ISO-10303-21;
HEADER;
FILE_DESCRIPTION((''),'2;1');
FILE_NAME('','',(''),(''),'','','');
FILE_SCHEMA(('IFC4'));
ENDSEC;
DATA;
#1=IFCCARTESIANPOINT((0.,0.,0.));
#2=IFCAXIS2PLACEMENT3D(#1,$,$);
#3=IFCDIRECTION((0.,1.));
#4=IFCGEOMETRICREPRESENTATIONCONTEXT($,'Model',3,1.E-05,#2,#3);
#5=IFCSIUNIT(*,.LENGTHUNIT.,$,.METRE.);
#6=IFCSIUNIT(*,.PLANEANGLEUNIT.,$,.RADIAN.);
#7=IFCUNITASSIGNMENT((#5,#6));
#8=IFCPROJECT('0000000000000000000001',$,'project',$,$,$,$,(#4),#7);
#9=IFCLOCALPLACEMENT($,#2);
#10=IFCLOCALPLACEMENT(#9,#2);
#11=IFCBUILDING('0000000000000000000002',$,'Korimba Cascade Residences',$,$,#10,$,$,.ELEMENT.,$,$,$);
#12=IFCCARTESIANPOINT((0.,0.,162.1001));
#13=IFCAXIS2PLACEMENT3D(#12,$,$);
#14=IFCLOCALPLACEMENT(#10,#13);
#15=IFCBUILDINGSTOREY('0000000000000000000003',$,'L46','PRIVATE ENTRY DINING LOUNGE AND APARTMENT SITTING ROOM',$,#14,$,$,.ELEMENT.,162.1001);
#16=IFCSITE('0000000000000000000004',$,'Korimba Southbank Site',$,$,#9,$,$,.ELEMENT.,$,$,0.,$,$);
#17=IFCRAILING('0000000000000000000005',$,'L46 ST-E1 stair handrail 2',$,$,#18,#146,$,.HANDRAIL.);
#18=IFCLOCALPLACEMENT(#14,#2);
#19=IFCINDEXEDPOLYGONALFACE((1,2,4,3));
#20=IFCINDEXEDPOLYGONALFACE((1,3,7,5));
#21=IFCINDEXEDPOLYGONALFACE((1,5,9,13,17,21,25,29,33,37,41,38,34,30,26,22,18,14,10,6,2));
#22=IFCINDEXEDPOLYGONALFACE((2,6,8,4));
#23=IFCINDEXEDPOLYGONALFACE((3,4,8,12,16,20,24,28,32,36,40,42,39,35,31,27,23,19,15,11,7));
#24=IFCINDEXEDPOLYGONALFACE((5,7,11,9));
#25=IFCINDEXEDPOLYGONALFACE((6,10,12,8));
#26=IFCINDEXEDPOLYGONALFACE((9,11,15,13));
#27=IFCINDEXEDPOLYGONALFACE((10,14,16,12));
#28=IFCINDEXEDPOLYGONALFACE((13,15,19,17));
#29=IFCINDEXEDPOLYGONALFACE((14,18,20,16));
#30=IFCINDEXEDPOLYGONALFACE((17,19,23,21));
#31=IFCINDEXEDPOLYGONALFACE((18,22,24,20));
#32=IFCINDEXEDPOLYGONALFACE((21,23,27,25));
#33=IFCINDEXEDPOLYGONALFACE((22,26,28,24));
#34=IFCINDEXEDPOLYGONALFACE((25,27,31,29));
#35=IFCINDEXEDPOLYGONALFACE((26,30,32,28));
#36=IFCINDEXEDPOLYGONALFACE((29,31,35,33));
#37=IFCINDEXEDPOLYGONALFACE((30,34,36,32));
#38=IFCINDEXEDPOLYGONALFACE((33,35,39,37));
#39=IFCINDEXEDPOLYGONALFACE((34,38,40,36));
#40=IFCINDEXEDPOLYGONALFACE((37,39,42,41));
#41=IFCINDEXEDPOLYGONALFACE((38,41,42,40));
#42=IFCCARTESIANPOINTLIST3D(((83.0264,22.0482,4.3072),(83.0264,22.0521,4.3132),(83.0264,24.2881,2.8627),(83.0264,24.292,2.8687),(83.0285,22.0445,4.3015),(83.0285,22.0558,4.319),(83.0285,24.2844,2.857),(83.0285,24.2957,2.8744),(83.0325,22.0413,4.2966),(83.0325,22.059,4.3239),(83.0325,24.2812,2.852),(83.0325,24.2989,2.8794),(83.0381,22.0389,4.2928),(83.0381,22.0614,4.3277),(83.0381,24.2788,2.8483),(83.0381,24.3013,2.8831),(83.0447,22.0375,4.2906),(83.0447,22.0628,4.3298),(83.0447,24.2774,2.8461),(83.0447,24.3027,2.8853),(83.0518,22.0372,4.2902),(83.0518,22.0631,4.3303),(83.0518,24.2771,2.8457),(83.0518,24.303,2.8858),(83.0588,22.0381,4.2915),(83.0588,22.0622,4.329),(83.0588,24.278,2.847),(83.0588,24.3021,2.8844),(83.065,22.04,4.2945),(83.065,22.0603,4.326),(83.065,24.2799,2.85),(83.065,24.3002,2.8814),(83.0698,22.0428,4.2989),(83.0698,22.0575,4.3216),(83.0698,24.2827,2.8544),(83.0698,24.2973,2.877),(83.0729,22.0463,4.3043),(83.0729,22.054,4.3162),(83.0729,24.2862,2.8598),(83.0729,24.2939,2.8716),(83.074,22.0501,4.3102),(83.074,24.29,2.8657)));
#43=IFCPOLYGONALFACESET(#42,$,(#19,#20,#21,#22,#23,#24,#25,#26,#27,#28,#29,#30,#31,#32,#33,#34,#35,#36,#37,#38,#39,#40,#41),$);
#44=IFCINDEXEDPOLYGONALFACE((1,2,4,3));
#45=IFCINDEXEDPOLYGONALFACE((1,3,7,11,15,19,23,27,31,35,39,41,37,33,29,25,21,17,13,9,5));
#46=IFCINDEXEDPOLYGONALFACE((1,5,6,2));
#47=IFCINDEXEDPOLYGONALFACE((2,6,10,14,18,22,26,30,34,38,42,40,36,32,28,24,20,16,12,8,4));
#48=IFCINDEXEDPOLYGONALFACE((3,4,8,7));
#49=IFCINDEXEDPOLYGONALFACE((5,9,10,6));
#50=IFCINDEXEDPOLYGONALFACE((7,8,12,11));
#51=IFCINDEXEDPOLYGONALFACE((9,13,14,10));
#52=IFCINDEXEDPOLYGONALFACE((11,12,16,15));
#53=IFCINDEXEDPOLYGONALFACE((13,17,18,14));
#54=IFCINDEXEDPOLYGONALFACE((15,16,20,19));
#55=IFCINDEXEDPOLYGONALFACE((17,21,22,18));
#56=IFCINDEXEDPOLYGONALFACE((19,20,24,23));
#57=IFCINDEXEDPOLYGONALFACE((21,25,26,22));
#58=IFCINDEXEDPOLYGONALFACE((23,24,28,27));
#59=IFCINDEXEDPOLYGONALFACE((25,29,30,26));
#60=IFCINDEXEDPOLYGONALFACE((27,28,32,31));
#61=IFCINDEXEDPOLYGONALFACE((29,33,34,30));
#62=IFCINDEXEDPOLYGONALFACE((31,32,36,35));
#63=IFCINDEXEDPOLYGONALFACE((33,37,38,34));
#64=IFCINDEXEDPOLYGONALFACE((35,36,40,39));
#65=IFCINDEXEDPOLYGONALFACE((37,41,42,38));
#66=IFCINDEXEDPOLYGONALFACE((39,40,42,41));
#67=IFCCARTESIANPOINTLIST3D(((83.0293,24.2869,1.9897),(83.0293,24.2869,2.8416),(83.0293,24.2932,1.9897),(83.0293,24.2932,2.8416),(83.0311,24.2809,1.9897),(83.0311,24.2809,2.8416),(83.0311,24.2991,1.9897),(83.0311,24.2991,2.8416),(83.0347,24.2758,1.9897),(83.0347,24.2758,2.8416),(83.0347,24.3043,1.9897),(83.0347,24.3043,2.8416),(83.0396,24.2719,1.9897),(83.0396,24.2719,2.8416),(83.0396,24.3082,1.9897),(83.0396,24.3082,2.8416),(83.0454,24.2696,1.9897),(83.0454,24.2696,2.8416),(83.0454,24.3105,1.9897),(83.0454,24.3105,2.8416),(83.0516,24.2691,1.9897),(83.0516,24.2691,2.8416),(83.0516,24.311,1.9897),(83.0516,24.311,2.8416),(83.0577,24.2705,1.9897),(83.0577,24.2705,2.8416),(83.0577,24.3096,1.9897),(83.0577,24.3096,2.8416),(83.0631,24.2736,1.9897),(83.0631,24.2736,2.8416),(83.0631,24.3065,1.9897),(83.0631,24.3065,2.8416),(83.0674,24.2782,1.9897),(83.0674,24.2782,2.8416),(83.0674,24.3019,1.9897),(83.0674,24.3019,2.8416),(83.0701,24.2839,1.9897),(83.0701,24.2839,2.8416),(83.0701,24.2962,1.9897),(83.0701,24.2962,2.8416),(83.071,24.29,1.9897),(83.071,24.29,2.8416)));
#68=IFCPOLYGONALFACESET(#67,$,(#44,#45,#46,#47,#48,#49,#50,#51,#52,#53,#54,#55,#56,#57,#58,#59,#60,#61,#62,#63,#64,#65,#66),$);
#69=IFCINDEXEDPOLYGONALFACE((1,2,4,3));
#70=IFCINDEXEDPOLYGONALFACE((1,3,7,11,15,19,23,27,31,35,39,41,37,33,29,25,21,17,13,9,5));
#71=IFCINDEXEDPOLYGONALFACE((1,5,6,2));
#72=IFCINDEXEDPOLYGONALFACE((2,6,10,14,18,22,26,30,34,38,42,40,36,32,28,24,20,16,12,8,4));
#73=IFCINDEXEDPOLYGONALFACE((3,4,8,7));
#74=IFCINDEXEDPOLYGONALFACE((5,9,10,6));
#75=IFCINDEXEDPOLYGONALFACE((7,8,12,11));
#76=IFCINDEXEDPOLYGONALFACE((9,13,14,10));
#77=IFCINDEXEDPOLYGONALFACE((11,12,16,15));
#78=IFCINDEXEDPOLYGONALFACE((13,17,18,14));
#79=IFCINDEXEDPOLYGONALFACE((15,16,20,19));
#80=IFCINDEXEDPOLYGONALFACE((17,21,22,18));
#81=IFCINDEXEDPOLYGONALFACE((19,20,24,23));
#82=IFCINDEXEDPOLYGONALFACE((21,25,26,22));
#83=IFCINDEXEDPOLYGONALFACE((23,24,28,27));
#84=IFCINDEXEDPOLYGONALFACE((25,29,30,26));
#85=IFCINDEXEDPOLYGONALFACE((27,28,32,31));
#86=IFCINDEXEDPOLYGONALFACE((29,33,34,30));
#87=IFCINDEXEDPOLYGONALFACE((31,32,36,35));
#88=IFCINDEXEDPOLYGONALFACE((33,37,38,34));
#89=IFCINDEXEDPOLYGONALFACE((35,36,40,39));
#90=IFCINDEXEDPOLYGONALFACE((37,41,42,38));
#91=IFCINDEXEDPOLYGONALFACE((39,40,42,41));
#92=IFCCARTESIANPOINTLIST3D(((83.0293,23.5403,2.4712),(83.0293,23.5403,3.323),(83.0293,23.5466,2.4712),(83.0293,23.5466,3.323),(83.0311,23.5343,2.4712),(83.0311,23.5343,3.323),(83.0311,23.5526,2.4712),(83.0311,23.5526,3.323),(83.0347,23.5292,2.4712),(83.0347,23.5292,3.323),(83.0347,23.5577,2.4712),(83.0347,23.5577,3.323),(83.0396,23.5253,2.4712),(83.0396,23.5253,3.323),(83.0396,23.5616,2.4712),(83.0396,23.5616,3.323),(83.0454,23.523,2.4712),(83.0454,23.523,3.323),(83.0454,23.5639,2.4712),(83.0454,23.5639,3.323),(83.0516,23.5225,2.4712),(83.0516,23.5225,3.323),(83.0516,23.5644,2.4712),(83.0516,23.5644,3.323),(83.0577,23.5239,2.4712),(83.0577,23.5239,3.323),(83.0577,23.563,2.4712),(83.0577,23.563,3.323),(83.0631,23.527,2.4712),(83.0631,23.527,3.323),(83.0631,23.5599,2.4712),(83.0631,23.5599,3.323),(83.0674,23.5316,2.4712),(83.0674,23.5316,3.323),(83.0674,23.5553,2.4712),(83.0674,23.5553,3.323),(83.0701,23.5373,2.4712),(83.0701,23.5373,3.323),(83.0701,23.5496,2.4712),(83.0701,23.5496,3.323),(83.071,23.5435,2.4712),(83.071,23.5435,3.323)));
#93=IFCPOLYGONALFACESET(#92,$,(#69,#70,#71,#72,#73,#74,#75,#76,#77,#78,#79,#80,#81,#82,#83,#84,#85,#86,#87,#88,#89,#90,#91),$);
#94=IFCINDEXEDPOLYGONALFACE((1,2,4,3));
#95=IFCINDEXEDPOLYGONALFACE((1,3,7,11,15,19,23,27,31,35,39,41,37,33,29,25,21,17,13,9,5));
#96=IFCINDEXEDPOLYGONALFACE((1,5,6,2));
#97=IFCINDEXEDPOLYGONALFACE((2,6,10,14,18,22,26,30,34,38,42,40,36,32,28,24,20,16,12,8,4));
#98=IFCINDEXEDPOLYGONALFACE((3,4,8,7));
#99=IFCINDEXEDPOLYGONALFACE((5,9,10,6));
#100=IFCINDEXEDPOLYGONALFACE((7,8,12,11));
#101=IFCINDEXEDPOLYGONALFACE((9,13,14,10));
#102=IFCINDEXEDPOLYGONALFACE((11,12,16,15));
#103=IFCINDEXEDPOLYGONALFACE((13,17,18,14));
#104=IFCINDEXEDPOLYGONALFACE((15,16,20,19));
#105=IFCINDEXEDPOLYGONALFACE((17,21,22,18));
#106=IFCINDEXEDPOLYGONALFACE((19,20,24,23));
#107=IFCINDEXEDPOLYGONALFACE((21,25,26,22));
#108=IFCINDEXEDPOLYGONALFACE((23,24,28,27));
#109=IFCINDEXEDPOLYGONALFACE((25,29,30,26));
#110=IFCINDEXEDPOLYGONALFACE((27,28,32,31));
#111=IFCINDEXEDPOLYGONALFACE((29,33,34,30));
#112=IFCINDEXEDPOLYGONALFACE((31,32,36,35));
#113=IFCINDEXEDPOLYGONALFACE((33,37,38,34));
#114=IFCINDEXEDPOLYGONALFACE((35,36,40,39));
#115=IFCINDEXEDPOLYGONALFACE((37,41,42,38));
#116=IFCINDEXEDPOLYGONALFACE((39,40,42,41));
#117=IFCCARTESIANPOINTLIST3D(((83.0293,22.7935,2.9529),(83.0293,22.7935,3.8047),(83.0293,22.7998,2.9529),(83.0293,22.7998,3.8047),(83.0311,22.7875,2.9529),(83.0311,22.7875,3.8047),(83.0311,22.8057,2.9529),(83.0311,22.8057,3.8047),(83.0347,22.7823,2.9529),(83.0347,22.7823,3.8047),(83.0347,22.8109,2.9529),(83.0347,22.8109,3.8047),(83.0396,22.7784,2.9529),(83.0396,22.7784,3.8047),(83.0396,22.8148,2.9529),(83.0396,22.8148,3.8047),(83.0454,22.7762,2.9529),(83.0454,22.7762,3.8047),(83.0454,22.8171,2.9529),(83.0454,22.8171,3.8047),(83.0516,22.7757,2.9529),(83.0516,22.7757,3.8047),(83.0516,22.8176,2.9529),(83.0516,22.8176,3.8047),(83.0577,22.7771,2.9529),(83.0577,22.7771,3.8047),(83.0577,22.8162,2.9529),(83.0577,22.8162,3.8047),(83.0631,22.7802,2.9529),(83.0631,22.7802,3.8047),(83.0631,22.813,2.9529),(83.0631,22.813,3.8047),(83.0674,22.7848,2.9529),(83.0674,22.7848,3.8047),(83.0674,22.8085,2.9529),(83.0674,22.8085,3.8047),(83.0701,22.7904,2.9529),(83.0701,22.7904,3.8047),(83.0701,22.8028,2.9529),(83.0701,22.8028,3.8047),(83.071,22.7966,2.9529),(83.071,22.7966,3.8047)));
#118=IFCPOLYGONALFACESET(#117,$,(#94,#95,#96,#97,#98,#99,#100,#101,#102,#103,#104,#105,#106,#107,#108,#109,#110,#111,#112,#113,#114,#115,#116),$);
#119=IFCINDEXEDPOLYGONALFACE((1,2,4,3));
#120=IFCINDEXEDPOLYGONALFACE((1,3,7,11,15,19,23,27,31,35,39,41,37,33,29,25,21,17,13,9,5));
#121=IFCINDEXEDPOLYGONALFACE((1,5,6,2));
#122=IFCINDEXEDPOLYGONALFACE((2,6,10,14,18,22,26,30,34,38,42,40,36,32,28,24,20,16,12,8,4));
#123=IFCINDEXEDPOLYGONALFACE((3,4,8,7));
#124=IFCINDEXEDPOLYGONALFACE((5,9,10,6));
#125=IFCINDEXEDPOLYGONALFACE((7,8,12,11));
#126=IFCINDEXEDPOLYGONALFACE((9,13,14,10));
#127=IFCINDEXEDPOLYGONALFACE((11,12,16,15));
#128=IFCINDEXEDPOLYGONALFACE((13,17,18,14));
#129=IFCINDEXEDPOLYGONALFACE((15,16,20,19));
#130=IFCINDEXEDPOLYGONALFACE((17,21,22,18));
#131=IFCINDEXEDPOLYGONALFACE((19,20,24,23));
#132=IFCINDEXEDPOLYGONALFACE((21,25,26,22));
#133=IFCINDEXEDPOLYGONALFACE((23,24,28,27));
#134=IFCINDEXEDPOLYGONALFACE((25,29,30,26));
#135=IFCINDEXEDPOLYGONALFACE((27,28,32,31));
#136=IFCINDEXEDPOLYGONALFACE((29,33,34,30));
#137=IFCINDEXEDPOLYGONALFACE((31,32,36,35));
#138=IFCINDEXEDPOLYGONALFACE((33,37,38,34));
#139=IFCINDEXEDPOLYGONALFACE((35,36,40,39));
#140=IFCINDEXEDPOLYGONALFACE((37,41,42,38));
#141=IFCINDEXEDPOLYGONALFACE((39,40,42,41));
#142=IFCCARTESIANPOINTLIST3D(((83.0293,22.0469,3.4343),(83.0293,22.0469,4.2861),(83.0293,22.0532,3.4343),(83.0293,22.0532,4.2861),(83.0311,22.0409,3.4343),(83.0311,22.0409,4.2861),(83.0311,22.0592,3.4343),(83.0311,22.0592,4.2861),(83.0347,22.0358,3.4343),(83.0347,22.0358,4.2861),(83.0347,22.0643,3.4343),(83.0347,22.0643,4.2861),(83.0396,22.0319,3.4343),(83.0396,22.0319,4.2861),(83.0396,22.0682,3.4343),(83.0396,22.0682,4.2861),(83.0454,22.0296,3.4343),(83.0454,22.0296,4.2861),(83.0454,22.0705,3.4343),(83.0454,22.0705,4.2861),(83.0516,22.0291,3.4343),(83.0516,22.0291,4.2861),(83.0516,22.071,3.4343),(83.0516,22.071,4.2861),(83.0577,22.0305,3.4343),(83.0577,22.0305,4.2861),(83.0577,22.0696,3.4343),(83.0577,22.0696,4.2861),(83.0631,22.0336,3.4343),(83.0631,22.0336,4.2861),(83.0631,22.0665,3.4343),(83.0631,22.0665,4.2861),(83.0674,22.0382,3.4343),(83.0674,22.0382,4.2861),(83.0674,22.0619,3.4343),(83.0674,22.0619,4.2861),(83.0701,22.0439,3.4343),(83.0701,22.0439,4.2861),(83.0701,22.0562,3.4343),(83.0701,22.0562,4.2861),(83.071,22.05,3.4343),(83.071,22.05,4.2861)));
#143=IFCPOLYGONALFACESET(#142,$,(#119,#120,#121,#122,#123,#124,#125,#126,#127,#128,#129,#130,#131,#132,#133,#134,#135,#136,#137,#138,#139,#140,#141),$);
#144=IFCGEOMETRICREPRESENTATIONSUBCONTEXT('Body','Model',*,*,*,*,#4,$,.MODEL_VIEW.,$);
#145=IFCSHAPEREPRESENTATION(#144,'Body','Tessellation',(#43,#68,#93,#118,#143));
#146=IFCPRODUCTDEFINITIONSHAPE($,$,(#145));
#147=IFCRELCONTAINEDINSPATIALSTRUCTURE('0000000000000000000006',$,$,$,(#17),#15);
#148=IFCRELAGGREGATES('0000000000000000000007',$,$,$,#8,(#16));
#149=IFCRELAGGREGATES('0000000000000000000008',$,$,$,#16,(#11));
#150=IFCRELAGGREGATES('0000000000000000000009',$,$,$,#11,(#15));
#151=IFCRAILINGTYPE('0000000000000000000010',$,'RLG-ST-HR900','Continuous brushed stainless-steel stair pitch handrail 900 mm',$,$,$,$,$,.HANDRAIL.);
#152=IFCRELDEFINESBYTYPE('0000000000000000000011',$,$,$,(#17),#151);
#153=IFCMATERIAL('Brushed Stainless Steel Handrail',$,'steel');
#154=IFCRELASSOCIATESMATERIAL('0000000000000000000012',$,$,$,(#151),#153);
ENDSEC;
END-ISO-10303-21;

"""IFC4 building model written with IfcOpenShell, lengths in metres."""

from ifc_helpers import new_model, si_unit, direction, frame, origin, origin_2d, place, context, subcontext, project, spatial, circle, extrude, material, type_object, element, save


model = new_model("IFC4")

# Units and contexts
model_context = context("Model", 3, precision=1e-05, world=origin(), true_north=direction((0.0, 1.0)))
body_context = subcontext(model_context, "Body", "Model", "MODEL_VIEW")
ifc_project = project(units=[si_unit("LENGTHUNIT", "METRE"), si_unit("PLANEANGLEUNIT", "RADIAN")], contexts=[model_context])

# Site, building, storey
site_placement = place(None, origin())
site = spatial("IfcSite", under=ifc_project, at=site_placement, Name="Korimba Southbank Site", CompositionType="ELEMENT", RefElevation=0.0)
building_placement = place(site_placement, origin())
building = spatial("IfcBuilding", under=site, at=building_placement, Name="Korimba Cascade Residences", CompositionType="ELEMENT")
storey_placement = place(building_placement, frame((0.0, 0.0, 162.1001)))
storey = spatial("IfcBuildingStorey", under=building, at=storey_placement, Name="L46", Description="PRIVATE ENTRY DINING LOUNGE AND APARTMENT SITTING ROOM", CompositionType="ELEMENT", Elevation=162.1001)

# Railing
ifc_material_1 = material(Name="Brushed Stainless Steel Handrail", Category="steel")
railing_type_1 = type_object("IfcRailingType", Name="RLG-ST-HR900", Description="Continuous brushed stainless-steel stair pitch handrail 900 mm", PredefinedType="HANDRAIL", material=ifc_material_1)
railing_1_placement = place(storey_placement, frame((83.05, 24.29, 1.9897)))
element("IfcRailing", 1, at=railing_1_placement, inside=storey, type_object=railing_type_1, Name="L46 ST-E1 stair handrail 2", PredefinedType="HANDRAIL", context=body_context, shape_type="SweptSolid", body=[
    extrude(circle(Radius=0.0239, at=origin_2d()), frame((0.0, 0.0, 0.876), z_axis=(0.0, -0.840395, 0.541975), x_axis=(1.0, 0.0, 0.0)), (0.0, 0.0, 1.0), 2.6653),
    extrude(circle(Radius=0.021, at=origin_2d()), origin(), (0.0, 0.0, 1.0), 0.8518),
    extrude(circle(Radius=0.021, at=origin_2d()), frame((0.0, -0.7466, 0.4814)), (0.0, 0.0, 1.0), 0.8518),
    extrude(circle(Radius=0.021, at=origin_2d()), frame((0.0, -1.4934, 0.9631)), (0.0, 0.0, 1.0), 0.8518),
    extrude(circle(Radius=0.021, at=origin_2d()), frame((0.0, -2.24, 1.4446)), (0.0, 0.0, 1.0), 0.8518),
])

save(model, "model.ifc")
